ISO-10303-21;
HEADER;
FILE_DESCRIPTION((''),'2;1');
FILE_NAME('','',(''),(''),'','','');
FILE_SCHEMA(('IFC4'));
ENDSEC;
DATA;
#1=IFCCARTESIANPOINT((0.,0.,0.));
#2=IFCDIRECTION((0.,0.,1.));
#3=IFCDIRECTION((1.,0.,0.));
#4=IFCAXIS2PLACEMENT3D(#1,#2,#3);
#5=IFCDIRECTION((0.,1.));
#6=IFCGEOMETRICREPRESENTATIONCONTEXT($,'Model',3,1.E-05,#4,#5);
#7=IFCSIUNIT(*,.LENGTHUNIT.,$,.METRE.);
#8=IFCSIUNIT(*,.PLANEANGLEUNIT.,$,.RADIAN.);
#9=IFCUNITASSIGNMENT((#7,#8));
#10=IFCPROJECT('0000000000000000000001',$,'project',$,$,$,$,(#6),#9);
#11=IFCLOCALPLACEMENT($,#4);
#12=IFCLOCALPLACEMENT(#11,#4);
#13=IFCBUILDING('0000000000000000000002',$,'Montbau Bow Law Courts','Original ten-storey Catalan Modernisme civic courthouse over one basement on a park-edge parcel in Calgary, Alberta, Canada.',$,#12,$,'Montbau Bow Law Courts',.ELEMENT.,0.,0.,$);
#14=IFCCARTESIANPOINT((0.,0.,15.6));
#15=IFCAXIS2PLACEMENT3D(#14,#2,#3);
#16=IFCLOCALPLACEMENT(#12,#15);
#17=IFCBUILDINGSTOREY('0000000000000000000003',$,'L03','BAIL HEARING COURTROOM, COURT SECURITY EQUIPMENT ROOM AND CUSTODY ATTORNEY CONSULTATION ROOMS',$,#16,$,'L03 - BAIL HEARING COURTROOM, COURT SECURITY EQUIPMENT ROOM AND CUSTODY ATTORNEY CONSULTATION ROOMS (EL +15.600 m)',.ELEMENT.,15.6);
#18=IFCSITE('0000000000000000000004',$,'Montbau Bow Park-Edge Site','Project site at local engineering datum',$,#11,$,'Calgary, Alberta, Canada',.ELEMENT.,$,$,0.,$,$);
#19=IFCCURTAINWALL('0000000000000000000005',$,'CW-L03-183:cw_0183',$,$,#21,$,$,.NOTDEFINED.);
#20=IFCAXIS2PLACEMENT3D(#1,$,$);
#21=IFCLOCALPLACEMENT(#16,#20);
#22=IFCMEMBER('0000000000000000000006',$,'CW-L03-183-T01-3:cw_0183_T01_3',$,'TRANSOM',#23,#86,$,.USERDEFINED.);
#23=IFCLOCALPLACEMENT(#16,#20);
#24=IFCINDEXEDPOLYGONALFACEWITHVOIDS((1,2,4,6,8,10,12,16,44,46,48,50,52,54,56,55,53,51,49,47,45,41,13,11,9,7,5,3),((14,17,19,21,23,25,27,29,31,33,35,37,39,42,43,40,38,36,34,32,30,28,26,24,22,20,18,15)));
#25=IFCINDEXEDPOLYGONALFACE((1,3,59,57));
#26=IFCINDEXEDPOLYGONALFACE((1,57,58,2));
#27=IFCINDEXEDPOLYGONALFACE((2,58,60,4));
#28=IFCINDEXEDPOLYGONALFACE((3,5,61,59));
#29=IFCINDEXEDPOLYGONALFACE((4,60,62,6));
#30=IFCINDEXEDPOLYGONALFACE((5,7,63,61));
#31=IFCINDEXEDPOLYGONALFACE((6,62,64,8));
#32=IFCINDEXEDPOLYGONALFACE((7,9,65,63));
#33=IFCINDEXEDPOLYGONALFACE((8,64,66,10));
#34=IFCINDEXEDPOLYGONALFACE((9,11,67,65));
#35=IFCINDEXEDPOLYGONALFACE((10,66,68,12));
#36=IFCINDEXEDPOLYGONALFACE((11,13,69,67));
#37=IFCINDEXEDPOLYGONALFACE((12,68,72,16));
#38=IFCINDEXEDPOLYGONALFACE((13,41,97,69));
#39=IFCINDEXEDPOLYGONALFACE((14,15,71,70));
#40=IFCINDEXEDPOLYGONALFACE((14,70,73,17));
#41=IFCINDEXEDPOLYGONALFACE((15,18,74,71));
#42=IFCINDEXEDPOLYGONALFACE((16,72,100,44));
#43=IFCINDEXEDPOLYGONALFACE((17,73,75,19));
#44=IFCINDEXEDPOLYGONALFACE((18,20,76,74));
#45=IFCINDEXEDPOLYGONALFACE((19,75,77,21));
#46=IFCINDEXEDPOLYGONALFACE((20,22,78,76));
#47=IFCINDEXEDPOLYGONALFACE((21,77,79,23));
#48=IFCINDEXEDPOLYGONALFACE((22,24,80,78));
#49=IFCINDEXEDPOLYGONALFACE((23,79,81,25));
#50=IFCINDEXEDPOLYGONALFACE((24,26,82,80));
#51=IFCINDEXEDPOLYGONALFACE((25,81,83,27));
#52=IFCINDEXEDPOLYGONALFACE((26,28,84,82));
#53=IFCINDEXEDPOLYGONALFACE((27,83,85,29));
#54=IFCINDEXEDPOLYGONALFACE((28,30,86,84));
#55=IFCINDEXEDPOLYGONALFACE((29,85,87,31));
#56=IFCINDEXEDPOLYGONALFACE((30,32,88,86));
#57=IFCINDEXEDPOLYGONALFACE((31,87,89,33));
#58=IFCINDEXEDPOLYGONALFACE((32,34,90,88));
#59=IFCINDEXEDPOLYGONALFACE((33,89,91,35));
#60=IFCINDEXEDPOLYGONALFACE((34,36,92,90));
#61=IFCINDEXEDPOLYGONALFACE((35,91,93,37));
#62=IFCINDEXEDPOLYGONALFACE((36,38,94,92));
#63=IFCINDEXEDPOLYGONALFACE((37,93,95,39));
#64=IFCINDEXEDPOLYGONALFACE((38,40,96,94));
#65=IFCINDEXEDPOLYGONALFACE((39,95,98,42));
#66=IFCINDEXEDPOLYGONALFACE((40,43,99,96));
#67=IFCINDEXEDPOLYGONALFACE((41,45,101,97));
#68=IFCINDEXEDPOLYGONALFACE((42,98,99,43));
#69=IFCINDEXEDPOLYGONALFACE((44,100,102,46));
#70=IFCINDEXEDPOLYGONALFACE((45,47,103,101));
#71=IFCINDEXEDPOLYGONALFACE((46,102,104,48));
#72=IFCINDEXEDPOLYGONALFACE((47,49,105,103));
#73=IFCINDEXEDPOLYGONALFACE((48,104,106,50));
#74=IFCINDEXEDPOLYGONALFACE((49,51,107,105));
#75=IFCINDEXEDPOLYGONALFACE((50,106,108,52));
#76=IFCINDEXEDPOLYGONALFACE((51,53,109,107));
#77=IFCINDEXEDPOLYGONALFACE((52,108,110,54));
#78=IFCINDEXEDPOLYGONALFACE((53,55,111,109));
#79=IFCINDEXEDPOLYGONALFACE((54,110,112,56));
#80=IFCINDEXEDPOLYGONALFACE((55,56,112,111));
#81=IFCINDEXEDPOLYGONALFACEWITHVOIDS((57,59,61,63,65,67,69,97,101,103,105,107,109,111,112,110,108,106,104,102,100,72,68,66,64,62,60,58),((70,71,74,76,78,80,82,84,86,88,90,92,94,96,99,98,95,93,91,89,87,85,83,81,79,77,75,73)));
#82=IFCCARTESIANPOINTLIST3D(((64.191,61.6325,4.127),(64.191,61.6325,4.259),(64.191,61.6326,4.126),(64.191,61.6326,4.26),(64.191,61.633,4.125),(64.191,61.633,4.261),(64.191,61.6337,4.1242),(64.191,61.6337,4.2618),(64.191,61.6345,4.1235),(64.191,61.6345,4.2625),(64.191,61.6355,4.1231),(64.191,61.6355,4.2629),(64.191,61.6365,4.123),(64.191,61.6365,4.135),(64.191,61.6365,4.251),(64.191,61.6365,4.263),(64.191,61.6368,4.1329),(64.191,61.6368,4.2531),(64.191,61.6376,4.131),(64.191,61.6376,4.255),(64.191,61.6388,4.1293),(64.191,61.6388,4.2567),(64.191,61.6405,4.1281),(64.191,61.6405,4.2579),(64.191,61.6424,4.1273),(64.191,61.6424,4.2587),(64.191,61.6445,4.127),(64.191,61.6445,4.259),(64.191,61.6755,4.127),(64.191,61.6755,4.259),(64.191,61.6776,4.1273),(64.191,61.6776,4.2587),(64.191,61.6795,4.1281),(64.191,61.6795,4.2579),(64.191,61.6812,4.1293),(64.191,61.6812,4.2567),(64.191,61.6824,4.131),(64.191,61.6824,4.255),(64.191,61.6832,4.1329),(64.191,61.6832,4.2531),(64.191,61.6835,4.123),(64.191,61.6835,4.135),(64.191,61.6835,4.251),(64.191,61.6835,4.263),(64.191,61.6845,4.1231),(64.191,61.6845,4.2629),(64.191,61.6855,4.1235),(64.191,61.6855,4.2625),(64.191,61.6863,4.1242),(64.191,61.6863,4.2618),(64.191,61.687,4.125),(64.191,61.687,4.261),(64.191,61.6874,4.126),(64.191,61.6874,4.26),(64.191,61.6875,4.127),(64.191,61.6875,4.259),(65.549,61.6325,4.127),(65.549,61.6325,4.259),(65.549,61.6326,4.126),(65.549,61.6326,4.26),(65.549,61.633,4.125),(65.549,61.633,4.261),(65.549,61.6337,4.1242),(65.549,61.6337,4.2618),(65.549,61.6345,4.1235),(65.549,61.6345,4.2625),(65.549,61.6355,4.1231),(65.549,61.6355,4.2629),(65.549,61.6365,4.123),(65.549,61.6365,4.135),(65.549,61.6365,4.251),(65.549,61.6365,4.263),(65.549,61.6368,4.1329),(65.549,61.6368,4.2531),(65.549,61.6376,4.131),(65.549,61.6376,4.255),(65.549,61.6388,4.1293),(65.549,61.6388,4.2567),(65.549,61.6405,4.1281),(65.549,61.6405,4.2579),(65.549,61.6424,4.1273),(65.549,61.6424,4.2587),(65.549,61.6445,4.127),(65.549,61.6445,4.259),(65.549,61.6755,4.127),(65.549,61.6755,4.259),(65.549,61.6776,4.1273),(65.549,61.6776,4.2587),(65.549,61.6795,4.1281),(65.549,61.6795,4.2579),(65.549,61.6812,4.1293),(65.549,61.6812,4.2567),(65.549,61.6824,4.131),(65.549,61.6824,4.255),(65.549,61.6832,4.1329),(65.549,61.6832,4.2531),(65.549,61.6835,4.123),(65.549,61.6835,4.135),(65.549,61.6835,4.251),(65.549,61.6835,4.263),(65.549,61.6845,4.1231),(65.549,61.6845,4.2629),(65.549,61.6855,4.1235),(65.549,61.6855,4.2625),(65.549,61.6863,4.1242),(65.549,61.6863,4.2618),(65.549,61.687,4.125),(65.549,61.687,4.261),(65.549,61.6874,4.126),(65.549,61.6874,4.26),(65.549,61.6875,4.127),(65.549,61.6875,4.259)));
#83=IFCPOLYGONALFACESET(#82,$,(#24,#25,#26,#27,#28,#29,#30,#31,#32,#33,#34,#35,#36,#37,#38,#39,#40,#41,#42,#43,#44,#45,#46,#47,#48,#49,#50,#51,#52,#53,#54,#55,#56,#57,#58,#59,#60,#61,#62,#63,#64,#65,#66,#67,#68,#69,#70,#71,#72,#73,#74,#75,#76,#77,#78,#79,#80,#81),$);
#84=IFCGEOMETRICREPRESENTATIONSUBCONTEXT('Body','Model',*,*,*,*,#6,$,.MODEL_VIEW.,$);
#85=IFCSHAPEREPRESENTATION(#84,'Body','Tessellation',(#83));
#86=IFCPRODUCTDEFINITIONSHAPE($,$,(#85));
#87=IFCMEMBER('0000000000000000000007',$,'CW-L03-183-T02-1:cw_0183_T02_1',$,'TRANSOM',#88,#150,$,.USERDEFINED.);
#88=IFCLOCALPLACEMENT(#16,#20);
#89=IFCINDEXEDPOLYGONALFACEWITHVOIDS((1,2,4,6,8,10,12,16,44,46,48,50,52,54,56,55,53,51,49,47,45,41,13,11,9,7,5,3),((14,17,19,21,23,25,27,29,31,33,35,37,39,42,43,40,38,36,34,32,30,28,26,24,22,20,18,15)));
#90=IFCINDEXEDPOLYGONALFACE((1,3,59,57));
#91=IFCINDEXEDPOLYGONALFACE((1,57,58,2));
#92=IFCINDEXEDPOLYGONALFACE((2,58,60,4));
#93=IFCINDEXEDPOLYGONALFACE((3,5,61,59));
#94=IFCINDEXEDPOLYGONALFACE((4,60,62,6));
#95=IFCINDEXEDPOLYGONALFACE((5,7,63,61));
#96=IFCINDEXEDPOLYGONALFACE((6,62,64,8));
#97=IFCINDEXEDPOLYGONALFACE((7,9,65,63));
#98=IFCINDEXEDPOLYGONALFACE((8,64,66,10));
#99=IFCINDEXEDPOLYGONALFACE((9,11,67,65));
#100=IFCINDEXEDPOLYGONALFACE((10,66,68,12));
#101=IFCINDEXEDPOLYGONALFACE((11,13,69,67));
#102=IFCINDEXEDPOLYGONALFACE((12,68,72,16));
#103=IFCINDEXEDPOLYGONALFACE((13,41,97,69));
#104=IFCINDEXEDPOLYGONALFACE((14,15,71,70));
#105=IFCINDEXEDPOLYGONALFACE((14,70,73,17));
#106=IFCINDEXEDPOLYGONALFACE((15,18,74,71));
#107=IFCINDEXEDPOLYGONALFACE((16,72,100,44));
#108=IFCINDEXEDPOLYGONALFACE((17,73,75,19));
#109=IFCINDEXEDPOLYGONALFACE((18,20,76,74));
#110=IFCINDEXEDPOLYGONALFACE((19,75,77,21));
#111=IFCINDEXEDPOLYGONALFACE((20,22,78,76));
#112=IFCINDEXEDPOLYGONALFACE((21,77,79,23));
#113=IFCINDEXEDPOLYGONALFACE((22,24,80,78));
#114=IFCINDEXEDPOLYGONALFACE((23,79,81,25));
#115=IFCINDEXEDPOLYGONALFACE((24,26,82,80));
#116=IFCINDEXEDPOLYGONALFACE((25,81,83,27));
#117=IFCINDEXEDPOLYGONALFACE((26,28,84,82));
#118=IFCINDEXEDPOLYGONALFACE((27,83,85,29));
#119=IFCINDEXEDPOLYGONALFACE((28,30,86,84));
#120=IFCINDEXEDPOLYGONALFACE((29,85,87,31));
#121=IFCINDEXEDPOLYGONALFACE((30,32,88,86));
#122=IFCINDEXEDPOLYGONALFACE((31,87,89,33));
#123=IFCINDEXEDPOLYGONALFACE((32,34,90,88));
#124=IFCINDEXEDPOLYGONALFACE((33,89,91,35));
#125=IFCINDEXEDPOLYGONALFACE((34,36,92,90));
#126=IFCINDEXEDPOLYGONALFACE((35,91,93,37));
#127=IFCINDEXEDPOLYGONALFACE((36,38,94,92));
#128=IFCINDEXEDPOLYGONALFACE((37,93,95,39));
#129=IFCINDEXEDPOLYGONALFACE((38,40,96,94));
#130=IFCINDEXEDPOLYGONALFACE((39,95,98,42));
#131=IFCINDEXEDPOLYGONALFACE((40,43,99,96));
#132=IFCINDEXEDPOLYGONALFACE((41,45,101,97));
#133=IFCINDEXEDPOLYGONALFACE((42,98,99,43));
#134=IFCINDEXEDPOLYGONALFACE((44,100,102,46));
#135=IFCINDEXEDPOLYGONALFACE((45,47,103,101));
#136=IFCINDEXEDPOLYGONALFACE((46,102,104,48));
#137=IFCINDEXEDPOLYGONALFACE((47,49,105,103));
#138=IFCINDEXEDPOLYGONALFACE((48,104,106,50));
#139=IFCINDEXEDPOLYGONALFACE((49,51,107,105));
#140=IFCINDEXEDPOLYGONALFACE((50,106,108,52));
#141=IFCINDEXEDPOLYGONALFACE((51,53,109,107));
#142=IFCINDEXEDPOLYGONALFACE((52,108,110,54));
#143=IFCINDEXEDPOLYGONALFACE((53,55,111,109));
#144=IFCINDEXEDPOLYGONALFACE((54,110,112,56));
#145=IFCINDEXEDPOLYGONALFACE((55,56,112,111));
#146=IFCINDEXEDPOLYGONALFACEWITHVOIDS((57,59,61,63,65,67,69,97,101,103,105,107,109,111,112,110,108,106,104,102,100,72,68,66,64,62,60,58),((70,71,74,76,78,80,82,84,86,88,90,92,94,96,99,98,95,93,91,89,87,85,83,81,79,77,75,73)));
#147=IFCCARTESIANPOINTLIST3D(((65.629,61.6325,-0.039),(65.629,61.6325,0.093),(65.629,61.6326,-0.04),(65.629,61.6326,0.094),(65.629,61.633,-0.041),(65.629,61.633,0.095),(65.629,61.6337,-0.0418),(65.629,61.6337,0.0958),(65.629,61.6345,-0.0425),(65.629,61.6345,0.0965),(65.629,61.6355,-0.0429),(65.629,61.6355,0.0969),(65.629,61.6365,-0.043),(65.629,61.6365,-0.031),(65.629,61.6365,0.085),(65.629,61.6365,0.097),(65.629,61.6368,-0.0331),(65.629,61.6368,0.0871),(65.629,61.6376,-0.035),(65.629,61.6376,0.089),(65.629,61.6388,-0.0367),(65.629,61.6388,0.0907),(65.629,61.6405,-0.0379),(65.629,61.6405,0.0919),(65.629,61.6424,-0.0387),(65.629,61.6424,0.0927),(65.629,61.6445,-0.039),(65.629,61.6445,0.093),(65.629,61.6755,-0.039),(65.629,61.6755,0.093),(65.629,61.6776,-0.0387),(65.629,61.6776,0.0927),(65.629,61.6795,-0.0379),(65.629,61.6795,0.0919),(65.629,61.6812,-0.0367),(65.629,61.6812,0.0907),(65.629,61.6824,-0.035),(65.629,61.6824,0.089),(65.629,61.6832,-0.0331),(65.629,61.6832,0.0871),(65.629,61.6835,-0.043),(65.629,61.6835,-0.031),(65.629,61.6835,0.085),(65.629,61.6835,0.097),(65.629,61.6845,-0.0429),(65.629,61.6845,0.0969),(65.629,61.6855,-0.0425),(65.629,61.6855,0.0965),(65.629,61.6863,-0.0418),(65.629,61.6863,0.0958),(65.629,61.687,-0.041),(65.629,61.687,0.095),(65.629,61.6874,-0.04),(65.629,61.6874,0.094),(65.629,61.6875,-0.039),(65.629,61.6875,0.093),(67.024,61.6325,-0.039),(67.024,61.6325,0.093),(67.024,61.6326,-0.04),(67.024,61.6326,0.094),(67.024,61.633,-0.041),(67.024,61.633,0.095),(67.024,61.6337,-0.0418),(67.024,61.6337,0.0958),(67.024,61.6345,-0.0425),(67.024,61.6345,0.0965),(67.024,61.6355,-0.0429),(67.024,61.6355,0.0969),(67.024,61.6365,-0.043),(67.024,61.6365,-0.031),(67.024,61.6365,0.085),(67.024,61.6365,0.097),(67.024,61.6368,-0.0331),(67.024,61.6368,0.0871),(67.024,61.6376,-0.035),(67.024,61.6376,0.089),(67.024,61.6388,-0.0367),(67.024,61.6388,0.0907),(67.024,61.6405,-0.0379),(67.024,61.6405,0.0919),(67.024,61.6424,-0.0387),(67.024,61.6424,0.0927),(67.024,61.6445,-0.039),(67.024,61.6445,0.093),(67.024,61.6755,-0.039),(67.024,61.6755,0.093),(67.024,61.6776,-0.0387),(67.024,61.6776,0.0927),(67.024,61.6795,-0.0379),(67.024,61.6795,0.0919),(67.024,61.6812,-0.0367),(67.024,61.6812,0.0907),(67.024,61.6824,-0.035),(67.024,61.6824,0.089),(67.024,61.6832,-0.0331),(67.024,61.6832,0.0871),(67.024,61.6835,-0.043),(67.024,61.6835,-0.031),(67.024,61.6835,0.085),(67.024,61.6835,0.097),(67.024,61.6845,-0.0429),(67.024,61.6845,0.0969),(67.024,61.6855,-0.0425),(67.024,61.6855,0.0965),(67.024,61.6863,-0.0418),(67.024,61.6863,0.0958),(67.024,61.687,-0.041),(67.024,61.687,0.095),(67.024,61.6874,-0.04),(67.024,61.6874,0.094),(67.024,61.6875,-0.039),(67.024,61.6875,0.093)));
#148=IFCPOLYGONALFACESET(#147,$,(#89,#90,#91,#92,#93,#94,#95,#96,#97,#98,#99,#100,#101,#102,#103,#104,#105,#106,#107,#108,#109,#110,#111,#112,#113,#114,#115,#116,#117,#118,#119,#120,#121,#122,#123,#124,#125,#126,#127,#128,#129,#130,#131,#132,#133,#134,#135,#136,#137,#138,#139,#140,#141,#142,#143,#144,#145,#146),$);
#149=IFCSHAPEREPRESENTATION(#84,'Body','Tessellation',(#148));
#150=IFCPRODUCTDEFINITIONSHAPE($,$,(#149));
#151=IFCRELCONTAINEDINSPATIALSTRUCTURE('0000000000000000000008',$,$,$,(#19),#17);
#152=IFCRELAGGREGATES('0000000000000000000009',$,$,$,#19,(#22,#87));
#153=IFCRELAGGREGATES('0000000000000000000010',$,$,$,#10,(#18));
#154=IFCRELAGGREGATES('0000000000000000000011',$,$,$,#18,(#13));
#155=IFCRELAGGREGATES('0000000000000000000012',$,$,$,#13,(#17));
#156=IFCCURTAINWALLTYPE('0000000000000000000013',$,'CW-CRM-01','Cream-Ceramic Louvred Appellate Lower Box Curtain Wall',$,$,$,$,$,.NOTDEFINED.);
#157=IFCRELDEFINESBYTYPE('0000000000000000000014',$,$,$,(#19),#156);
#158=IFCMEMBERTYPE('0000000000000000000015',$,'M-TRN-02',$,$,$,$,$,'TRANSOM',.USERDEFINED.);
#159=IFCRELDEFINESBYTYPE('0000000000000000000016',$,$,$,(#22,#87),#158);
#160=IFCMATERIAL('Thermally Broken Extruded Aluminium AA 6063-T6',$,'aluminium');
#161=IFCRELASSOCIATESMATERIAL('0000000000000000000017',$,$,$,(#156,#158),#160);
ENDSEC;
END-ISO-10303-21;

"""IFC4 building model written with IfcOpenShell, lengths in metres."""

from ifc_helpers import new_model, si_unit, direction, frame, origin_with_axes, origin_2d_with_axis, place, context, subcontext, project, spatial, hollow_rectangle, extrude, material, material_profile, profile_set, type_object, element, aggregate, save


model = new_model("IFC4")

# Units and contexts
model_context = context("Model", 3, precision=1e-05, world=origin_with_axes(), true_north=direction((0.0, 1.0)))
body_context = subcontext(model_context, "Body", "Model", "MODEL_VIEW")
ifc_project = project(units=[si_unit("LENGTHUNIT", "METRE"), si_unit("PLANEANGLEUNIT", "RADIAN")], contexts=[model_context])

# Site, building, storey
site_placement = place(None, origin_with_axes())
site = spatial("IfcSite", under=ifc_project, at=site_placement, Name="Montbau Bow Park-Edge Site", Description="Project site at local engineering datum", LongName="Calgary, Alberta, Canada", CompositionType="ELEMENT", RefElevation=0.0)
building_placement = place(site_placement, origin_with_axes())
building = spatial("IfcBuilding", under=site, at=building_placement, Name="Montbau Bow Law Courts", Description="Original ten-storey Catalan Modernisme civic courthouse over one basement on a park-edge parcel in Calgary, Alberta, Canada.", LongName="Montbau Bow Law Courts", CompositionType="ELEMENT", ElevationOfRefHeight=0.0, ElevationOfTerrain=0.0)
storey_placement = place(building_placement, frame((0.0, 0.0, 15.6), z_axis=(0.0, 0.0, 1.0), x_axis=(1.0, 0.0, 0.0)))
storey = spatial("IfcBuildingStorey", under=building, at=storey_placement, Name="L03", Description="BAIL HEARING COURTROOM, COURT SECURITY EQUIPMENT ROOM AND CUSTODY ATTORNEY CONSULTATION ROOMS", LongName="L03 - BAIL HEARING COURTROOM, COURT SECURITY EQUIPMENT ROOM AND CUSTODY ATTORNEY CONSULTATION ROOMS (EL +15.600 m)", CompositionType="ELEMENT", Elevation=15.6)

# Curtain wall
ifc_material_1 = material(Name="Thermally Broken Extruded Aluminium AA 6063-T6", Category="aluminium")
curtain_wall_type = type_object("IfcCurtainWallType", Name="CW-CRM-01", Description="Cream-Ceramic Louvred Appellate Lower Box Curtain Wall", PredefinedType="NOTDEFINED", material=ifc_material_1)
curtain_wall_1_placement = place(None, frame((64.115, 61.66, 15.6), z_axis=(0.0, 0.0, 1.0), x_axis=(1.0, 0.0, 0.0)))
curtain_wall_1 = element("IfcCurtainWall", 1, at=curtain_wall_1_placement, inside=storey, type_object=curtain_wall_type, Name="CW-L03-183:cw_0183", PredefinedType="NOTDEFINED")

# Members
ifc_material_profile_1 = material_profile(ifc_material_1, hollow_rectangle(XDim=0.055, YDim=0.14, WallThickness=0.004, InnerFilletRadius=0.008, OuterFilletRadius=0.004, at=origin_2d_with_axis()), Name="CWT-140X55", Category="Main", Priority=0)
ifc_profile_set_1 = profile_set([ifc_material_profile_1], Name="Thermally Broken Extruded Aluminium AA 6063-T6")
member_type_1 = type_object("IfcMemberType", Name="M-TRN-02", ElementType="TRANSOM", PredefinedType="USERDEFINED", material=ifc_profile_set_1)
member_1_placement = place(None, frame((64.191, 61.66, 19.793), z_axis=(1.0, 0.0, 0.0), x_axis=(0.0, 1.0, 0.0)))
member_1 = element("IfcMember", 2, at=member_1_placement, type_object=member_type_1, Name="CW-L03-183-T01-3:cw_0183_T01_3", ObjectType="TRANSOM", PredefinedType="USERDEFINED", context=body_context, shape_type="SweptSolid", body=[
    extrude(hollow_rectangle(XDim=0.055, YDim=0.14, WallThickness=0.004, InnerFilletRadius=0.008, OuterFilletRadius=0.004, at=origin_2d_with_axis()), origin_with_axes(), (0.0, 0.0, 1.0), 1.358),
])
member_2_placement = place(None, frame((65.629, 61.66, 15.627), z_axis=(1.0, 0.0, 0.0), x_axis=(0.0, 1.0, 0.0)))
member_2 = element("IfcMember", 3, at=member_2_placement, type_object=member_type_1, Name="CW-L03-183-T02-1:cw_0183_T02_1", ObjectType="TRANSOM", PredefinedType="USERDEFINED", context=body_context, shape_type="SweptSolid", body=[
    extrude(hollow_rectangle(XDim=0.055, YDim=0.14, WallThickness=0.004, InnerFilletRadius=0.008, OuterFilletRadius=0.004, at=origin_2d_with_axis()), origin_with_axes(), (0.0, 0.0, 1.0), 1.395),
])

aggregate(curtain_wall_1, [member_1, member_2])

save(model, "model.ifc")
